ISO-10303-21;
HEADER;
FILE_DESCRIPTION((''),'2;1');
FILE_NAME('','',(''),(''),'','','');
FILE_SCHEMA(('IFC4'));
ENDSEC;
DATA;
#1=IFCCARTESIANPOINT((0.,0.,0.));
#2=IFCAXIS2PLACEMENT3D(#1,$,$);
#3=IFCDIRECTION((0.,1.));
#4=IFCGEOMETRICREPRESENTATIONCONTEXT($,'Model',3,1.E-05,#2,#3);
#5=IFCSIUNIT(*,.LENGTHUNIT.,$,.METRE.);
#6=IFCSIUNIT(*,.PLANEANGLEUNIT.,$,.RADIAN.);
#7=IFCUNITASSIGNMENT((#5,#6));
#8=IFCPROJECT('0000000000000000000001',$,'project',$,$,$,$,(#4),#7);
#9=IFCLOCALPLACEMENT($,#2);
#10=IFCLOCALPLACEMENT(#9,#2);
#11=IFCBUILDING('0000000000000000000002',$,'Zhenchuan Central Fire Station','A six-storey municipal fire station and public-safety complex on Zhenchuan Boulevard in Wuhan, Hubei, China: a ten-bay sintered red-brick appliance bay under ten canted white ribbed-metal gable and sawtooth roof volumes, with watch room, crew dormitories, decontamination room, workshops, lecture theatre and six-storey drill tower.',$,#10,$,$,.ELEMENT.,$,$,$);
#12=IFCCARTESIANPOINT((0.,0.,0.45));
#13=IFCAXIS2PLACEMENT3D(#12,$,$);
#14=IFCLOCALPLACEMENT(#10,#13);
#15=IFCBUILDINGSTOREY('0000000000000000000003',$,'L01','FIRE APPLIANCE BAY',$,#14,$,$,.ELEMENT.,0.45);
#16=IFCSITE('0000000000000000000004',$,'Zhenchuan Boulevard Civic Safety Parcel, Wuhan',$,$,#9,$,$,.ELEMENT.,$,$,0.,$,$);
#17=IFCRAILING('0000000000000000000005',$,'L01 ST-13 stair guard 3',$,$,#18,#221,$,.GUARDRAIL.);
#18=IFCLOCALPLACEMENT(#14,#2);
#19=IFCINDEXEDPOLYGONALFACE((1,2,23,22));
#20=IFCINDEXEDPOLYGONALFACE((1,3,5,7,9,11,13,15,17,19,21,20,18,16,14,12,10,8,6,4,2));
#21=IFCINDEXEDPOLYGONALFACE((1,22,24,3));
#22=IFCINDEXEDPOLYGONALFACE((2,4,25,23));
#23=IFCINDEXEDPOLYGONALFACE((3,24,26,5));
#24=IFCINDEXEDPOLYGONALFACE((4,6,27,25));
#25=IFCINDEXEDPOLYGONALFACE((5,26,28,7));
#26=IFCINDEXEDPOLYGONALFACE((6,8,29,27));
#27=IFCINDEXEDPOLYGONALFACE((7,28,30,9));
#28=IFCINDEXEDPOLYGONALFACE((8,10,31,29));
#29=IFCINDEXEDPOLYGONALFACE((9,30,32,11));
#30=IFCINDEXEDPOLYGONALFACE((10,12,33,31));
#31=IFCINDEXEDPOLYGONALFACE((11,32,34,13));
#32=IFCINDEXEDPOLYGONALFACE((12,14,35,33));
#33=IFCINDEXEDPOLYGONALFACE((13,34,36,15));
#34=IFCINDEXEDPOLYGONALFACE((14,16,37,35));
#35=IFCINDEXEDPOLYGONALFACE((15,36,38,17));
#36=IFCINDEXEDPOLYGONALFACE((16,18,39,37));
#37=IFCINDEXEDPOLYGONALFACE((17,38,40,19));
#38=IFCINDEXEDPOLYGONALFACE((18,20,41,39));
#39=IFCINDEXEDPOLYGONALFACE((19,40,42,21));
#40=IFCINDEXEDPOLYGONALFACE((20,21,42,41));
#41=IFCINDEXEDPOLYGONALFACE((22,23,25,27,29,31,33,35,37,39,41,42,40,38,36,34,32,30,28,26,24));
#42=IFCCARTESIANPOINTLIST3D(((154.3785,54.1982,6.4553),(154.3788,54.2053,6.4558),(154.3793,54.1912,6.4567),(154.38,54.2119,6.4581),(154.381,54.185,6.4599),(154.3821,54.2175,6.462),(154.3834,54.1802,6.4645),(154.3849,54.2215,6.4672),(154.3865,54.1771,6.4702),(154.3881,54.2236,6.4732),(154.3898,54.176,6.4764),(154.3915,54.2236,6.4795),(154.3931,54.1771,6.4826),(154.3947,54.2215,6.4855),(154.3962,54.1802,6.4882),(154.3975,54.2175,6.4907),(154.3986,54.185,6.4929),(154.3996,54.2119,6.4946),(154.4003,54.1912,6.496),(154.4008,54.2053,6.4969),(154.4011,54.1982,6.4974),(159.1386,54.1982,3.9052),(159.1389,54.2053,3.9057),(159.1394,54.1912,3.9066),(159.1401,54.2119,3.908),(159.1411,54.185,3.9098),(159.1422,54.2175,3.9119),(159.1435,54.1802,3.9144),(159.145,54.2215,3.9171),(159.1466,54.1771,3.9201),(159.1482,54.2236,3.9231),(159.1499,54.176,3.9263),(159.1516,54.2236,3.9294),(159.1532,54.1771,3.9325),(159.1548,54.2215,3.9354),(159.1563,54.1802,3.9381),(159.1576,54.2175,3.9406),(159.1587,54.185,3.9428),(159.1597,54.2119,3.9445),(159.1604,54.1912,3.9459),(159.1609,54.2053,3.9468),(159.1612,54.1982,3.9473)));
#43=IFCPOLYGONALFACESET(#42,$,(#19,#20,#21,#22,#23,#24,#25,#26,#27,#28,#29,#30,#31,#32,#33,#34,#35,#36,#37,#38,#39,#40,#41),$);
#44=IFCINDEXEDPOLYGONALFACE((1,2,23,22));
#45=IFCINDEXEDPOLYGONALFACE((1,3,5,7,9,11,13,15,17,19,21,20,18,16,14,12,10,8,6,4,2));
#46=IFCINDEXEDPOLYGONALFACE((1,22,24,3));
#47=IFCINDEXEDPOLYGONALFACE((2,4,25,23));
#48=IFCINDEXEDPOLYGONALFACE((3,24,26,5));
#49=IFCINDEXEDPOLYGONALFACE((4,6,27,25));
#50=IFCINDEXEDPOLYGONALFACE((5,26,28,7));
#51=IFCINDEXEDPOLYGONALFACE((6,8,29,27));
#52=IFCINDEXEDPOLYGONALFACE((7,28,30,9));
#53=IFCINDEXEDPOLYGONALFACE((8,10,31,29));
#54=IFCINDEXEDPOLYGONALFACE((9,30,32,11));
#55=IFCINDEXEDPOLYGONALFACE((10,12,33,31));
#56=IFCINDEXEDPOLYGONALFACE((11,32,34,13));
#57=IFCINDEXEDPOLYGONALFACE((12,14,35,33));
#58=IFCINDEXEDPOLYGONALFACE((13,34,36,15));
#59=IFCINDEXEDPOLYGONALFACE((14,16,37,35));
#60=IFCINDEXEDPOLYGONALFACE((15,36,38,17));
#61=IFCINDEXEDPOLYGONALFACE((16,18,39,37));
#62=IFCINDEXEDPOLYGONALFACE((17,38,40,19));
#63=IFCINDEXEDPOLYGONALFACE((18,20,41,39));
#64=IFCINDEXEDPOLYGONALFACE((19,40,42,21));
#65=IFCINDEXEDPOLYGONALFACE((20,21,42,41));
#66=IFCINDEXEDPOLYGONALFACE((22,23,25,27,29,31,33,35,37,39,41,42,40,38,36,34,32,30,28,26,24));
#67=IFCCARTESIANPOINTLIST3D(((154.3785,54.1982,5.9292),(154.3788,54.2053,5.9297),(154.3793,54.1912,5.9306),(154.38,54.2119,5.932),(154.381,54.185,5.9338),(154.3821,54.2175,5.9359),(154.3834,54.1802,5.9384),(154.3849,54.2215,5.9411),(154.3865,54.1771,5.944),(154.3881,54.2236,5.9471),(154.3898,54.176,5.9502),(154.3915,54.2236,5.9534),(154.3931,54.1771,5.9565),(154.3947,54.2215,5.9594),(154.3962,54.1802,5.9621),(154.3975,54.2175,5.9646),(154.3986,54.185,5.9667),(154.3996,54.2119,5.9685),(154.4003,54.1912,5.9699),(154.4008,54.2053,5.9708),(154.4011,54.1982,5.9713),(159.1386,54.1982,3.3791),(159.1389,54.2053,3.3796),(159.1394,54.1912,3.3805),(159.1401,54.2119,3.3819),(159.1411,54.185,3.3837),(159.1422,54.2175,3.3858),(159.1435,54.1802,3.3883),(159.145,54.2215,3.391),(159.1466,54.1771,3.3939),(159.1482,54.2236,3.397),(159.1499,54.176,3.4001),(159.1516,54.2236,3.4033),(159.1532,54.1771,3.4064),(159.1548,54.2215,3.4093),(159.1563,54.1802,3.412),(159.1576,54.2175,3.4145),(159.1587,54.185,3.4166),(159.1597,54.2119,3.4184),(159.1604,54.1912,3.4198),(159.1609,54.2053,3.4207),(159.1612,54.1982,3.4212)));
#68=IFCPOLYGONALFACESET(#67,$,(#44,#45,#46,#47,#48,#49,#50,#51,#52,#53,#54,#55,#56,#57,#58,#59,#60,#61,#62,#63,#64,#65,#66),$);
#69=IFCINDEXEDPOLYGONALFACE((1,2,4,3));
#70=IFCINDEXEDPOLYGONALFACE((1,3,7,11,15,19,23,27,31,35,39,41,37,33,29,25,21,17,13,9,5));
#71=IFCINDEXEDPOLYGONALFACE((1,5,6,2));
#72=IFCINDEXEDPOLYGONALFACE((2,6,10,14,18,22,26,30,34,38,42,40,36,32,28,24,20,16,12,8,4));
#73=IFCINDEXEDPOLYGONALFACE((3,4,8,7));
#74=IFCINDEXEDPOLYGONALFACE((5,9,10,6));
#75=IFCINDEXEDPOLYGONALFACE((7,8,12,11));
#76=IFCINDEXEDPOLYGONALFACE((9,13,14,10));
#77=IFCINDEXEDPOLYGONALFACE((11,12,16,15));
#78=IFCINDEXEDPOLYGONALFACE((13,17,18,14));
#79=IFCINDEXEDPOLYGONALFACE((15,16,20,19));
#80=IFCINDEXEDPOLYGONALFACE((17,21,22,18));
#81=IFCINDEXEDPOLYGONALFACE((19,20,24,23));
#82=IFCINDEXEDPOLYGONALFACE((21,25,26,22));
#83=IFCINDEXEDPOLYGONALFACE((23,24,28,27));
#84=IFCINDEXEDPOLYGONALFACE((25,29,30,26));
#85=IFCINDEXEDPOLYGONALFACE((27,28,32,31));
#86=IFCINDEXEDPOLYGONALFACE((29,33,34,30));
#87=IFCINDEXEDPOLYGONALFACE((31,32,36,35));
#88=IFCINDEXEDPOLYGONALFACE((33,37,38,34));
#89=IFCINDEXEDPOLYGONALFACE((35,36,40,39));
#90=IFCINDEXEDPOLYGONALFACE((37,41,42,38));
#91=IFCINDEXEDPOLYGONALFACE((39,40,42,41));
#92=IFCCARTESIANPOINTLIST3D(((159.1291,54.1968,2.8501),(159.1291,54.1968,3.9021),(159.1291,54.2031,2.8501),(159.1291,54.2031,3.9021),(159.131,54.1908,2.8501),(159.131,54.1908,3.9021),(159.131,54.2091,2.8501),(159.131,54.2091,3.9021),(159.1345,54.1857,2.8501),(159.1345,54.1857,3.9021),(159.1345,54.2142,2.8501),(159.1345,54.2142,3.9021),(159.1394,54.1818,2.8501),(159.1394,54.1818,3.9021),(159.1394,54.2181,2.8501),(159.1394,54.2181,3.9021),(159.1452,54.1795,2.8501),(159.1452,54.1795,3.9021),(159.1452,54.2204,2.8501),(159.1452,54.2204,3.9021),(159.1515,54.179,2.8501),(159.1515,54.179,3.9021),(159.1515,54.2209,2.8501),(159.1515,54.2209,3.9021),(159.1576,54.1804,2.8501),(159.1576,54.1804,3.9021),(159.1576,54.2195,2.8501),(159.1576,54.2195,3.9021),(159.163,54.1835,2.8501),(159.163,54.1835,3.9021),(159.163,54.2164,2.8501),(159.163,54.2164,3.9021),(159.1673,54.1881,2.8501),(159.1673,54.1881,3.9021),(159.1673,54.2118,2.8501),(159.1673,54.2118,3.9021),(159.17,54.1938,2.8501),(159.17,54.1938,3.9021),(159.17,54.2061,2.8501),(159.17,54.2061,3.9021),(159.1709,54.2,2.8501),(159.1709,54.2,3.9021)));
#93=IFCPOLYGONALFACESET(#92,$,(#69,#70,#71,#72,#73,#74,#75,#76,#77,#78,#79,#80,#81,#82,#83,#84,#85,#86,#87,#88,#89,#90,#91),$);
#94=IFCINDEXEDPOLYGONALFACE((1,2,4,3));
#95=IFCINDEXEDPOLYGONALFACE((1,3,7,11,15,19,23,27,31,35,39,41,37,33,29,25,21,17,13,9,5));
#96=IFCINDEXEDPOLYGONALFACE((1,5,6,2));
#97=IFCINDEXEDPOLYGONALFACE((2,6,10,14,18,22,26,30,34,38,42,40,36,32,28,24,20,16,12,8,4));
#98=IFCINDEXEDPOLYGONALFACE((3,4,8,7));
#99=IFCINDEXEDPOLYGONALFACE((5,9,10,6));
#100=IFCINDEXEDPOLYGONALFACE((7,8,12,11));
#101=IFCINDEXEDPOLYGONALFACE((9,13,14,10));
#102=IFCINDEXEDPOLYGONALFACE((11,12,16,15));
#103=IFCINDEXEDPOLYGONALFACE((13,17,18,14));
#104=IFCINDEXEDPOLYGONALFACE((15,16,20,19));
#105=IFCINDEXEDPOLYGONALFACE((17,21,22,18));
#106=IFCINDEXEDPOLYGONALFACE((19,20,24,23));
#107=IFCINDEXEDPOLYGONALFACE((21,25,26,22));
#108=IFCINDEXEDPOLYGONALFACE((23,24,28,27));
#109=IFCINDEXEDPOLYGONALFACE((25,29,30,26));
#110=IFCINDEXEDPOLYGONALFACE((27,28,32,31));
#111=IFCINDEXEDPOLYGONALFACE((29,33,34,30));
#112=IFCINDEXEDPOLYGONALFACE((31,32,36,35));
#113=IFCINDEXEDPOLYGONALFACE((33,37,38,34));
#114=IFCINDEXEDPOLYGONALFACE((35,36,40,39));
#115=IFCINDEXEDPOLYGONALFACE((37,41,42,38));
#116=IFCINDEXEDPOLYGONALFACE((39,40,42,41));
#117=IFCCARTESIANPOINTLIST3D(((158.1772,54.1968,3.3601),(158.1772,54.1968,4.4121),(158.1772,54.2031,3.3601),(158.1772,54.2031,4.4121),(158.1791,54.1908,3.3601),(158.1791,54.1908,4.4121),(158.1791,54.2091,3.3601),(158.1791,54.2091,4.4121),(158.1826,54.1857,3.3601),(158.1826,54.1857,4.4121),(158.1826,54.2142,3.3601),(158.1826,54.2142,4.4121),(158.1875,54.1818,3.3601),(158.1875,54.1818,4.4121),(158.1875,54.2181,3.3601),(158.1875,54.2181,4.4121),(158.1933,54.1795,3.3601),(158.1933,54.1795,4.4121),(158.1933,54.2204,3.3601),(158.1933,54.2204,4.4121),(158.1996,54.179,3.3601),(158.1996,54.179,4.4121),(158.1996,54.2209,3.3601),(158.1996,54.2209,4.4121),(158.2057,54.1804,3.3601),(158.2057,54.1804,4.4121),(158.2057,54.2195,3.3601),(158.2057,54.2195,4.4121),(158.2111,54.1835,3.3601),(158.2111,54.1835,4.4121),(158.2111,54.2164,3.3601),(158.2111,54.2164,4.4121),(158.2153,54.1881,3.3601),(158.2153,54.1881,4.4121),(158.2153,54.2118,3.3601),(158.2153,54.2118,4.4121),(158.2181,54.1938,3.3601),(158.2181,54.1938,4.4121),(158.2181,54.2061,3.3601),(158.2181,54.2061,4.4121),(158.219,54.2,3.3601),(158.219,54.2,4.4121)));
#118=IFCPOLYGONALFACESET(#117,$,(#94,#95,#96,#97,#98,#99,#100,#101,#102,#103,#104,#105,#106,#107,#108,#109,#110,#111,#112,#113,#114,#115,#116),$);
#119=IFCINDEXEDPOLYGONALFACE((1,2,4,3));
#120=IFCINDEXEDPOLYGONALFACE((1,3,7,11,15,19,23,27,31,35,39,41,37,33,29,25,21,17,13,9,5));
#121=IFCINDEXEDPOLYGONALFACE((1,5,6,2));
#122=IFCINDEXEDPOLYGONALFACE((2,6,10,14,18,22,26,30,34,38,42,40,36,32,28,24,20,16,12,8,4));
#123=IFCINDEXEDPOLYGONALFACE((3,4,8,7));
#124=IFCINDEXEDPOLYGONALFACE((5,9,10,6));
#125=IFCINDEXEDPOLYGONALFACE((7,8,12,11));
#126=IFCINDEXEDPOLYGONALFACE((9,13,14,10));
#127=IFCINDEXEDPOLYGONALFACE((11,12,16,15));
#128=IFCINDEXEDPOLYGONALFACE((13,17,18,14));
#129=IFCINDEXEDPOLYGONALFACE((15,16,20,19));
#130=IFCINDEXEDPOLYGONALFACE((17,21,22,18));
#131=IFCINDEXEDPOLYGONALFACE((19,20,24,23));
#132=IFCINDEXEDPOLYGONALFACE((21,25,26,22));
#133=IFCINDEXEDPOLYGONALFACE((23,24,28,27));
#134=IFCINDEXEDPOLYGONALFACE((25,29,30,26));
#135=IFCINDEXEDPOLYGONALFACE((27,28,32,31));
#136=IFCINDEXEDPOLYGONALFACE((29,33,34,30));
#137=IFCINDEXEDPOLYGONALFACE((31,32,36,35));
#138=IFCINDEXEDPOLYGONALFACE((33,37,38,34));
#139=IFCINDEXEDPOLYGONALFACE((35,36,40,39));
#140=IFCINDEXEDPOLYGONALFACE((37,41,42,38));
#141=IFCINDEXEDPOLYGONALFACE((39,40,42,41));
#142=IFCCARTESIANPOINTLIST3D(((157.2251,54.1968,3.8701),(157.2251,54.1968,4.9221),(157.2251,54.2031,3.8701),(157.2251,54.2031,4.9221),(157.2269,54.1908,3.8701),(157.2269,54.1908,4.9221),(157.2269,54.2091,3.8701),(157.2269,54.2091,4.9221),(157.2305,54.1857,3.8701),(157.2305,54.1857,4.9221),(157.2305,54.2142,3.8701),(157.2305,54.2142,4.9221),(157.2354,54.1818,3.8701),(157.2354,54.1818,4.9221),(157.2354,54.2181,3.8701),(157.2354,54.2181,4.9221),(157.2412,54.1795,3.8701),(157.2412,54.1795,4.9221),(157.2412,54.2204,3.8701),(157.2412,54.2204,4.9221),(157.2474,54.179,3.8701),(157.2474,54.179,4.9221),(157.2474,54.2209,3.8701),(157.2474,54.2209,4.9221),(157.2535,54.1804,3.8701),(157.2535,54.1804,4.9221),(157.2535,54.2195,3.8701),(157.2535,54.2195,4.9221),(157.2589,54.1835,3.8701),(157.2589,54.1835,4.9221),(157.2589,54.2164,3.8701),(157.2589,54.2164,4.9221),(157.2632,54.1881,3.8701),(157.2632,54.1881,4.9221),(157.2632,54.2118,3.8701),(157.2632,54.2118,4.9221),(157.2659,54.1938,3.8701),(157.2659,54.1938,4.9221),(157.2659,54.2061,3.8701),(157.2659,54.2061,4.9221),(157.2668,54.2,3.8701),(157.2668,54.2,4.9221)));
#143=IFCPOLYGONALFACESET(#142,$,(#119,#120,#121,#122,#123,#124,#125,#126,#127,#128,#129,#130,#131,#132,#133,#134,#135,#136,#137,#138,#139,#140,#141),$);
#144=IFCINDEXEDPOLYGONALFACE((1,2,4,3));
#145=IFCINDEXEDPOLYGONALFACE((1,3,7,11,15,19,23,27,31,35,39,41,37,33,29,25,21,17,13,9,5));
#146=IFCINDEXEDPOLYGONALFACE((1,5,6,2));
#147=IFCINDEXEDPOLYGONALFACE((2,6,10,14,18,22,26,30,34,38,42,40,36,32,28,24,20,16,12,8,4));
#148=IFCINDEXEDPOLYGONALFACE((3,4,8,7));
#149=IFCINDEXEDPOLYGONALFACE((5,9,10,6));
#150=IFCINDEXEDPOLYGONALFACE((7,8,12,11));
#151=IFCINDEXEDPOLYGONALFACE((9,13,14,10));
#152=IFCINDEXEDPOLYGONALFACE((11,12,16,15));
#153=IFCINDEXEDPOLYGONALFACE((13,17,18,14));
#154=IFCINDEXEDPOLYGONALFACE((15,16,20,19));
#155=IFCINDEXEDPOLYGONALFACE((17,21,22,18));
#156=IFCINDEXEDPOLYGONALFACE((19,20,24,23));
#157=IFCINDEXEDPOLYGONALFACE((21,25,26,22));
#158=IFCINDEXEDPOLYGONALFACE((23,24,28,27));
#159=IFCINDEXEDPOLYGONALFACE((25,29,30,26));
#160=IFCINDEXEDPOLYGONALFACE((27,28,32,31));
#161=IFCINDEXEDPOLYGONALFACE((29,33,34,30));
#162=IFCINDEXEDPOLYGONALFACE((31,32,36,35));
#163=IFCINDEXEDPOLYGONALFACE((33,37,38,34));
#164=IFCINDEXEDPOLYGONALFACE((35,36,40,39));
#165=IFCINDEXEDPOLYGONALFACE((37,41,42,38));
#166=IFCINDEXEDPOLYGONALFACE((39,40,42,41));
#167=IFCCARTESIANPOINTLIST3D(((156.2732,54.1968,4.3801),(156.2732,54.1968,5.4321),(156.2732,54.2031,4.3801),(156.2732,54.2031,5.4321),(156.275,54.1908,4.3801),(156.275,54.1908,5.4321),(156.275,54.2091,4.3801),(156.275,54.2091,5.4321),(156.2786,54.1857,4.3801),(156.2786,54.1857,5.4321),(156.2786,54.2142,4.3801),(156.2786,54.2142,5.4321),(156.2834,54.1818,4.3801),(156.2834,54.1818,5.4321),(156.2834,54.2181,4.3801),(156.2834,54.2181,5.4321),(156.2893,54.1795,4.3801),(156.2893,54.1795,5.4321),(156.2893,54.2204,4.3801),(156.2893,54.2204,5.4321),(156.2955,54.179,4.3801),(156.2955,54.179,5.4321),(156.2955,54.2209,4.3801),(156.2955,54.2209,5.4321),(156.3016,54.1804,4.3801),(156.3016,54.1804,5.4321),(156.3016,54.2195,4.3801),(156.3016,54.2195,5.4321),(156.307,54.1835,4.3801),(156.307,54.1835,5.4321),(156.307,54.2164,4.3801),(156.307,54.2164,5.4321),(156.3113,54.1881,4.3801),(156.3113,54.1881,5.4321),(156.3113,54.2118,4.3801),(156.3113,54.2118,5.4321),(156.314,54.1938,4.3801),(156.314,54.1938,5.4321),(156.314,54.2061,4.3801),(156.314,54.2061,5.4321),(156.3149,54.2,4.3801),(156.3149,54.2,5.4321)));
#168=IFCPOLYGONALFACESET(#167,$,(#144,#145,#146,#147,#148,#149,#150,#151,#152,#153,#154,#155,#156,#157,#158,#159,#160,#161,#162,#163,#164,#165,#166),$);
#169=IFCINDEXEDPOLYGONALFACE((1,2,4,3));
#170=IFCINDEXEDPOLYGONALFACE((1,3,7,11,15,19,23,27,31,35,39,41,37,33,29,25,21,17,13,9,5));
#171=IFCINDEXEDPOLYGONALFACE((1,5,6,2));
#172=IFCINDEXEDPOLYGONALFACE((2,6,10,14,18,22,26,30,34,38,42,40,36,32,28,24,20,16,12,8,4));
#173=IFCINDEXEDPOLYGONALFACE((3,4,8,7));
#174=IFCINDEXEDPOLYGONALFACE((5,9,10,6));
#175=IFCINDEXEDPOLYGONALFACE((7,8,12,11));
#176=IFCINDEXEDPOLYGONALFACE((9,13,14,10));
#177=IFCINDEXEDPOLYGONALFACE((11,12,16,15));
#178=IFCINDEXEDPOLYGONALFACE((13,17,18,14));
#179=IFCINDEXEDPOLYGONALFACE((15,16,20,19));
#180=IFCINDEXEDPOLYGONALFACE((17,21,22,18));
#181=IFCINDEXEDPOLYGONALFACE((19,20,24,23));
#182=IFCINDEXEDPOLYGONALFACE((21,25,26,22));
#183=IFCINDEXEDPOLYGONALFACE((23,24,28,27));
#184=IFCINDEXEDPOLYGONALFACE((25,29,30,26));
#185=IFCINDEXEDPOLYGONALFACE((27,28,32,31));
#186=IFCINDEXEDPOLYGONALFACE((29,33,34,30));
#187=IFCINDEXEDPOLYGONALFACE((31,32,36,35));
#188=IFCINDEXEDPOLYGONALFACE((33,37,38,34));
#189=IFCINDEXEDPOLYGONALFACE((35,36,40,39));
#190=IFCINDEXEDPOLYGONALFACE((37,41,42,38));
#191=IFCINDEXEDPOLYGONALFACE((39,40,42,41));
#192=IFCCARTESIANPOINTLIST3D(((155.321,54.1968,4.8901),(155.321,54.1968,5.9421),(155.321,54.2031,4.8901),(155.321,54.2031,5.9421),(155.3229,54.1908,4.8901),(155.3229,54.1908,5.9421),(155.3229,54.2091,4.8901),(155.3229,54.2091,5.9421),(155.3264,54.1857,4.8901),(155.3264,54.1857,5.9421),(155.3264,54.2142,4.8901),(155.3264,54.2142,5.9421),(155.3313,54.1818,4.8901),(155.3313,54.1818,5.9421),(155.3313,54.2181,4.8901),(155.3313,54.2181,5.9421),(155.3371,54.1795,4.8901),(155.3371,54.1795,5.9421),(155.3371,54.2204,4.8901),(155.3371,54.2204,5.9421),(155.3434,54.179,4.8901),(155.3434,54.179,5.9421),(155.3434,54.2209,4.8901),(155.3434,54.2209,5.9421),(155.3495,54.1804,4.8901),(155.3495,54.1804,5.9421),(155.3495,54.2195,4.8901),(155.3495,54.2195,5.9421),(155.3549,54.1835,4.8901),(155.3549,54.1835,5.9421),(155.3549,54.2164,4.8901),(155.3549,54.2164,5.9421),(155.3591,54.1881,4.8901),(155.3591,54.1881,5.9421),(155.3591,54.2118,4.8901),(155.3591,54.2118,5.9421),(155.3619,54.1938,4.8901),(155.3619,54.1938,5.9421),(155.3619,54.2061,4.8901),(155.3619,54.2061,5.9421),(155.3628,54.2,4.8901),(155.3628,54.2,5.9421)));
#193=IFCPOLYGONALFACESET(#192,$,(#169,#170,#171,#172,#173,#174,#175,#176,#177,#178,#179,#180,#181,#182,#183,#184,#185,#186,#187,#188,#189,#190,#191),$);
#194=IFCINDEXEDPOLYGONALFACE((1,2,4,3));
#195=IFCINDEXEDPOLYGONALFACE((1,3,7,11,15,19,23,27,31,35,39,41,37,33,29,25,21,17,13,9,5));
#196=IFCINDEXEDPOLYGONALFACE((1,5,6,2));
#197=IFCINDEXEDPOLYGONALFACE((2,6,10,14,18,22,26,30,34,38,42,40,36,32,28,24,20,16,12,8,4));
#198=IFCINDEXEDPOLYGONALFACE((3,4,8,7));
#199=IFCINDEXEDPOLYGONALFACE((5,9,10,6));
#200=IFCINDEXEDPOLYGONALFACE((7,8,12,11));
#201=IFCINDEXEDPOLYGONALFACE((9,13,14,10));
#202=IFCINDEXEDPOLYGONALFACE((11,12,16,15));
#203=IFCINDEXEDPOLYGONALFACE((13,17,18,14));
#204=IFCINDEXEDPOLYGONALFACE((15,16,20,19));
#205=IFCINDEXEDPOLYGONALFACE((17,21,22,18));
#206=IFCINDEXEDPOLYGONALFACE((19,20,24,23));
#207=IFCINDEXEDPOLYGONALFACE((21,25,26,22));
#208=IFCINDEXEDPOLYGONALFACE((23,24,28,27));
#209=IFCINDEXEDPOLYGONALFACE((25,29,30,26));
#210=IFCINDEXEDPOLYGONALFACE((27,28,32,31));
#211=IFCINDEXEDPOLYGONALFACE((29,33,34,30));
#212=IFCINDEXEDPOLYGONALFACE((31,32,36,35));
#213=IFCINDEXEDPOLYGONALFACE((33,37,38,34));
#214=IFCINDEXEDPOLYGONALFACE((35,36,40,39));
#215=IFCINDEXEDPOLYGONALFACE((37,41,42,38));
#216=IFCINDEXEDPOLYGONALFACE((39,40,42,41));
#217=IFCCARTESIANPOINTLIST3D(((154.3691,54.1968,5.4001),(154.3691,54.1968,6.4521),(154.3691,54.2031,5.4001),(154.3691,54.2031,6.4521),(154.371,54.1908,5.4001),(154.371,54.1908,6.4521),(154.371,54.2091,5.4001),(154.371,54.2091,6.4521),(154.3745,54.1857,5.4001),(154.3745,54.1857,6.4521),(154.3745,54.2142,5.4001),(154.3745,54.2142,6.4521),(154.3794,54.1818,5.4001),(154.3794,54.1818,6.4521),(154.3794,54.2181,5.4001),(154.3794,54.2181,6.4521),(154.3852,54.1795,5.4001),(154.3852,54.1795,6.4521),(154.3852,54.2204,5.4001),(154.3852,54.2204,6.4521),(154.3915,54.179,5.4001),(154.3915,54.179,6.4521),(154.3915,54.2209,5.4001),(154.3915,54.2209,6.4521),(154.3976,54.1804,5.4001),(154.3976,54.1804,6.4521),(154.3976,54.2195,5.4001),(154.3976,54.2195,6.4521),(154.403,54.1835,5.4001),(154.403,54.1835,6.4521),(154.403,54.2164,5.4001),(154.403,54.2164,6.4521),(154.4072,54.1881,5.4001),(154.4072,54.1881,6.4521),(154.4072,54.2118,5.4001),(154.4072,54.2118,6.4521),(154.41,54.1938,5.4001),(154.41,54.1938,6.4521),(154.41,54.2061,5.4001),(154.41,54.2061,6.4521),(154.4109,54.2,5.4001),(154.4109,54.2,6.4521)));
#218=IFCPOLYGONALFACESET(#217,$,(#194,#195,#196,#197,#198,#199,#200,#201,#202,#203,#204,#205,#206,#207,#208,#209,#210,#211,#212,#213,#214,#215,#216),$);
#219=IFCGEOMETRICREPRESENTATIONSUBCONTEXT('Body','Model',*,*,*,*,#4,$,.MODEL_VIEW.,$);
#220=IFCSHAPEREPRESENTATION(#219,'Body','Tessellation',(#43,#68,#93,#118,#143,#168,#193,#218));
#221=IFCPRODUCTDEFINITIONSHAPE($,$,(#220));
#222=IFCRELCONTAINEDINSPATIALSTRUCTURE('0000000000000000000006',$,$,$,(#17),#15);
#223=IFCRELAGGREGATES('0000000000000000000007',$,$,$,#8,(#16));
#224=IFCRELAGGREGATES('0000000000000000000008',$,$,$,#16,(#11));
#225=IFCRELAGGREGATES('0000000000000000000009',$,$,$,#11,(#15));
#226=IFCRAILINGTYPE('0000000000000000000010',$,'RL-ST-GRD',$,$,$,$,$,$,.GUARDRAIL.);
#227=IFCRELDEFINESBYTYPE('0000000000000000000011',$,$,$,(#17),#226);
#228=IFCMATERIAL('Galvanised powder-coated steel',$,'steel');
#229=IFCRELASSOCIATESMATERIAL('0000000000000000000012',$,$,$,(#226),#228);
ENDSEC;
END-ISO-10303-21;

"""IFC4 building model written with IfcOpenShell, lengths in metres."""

from ifc_helpers import new_model, si_unit, direction, frame, origin, origin_2d, place, context, subcontext, project, spatial, circle, extrude, material, type_object, element, save


model = new_model("IFC4")

# Units and contexts
model_context = context("Model", 3, precision=1e-05, world=origin(), true_north=direction((0.0, 1.0)))
body_context = subcontext(model_context, "Body", "Model", "MODEL_VIEW")
ifc_project = project(units=[si_unit("LENGTHUNIT", "METRE"), si_unit("PLANEANGLEUNIT", "RADIAN")], contexts=[model_context])

# Site, building, storey
site_placement = place(None, origin())
site = spatial("IfcSite", under=ifc_project, at=site_placement, Name="Zhenchuan Boulevard Civic Safety Parcel, Wuhan", CompositionType="ELEMENT", RefElevation=0.0)
building_placement = place(site_placement, origin())
building = spatial("IfcBuilding", under=site, at=building_placement, Name="Zhenchuan Central Fire Station", Description="A six-storey municipal fire station and public-safety complex on Zhenchuan Boulevard in Wuhan, Hubei, China: a ten-bay sintered red-brick appliance bay under ten canted white ribbed-metal gable and sawtooth roof volumes, with watch room, crew dormitories, decontamination room, workshops, lecture theatre and six-storey drill tower.", CompositionType="ELEMENT")
storey_placement = place(building_placement, frame((0.0, 0.0, 0.45)))
storey = spatial("IfcBuildingStorey", under=building, at=storey_placement, Name="L01", Description="FIRE APPLIANCE BAY", CompositionType="ELEMENT", Elevation=0.45)

# Railing
ifc_material_1 = material(Name="Galvanised powder-coated steel", Category="steel")
railing_type_1 = type_object("IfcRailingType", Name="RL-ST-GRD", PredefinedType="GUARDRAIL", material=ifc_material_1)
railing_1_placement = place(storey_placement, frame((159.1499, 54.2, 2.8501)))
element("IfcRailing", 1, at=railing_1_placement, inside=storey, type_object=railing_type_1, Name="L01 ST-13 stair guard 3", PredefinedType="GUARDRAIL", context=body_context, shape_type="SweptSolid", body=[
    extrude(circle(Radius=0.0239, at=origin_2d()), frame((0.0, 0.0, 1.0762), z_axis=(-0.881477, 0.0, 0.472228), x_axis=(0.0, -1.0, 0.0)), (0.0, 0.0, 1.0), 5.4001),
    extrude(circle(Radius=0.0239, at=origin_2d()), frame((0.0, 0.0, 0.55), z_axis=(-0.881477, 0.0, 0.472228), x_axis=(0.0, -1.0, 0.0)), (0.0, 0.0, 1.0), 5.4001),
    extrude(circle(Radius=0.021, at=origin_2d()), origin(), (0.0, 0.0, 1.0), 1.052),
    extrude(circle(Radius=0.021, at=origin_2d()), frame((-0.9519, 0.0, 0.51)), (0.0, 0.0, 1.0), 1.052),
    extrude(circle(Radius=0.021, at=origin_2d()), frame((-1.9041, 0.0, 1.02)), (0.0, 0.0, 1.0), 1.052),
    extrude(circle(Radius=0.021, at=origin_2d()), frame((-2.856, 0.0, 1.53)), (0.0, 0.0, 1.0), 1.052),
    extrude(circle(Radius=0.021, at=origin_2d()), frame((-3.8081, 0.0, 2.04)), (0.0, 0.0, 1.0), 1.052),
    extrude(circle(Radius=0.021, at=origin_2d()), frame((-4.76, 0.0, 2.55)), (0.0, 0.0, 1.0), 1.052),
])

save(model, "model.ifc")
